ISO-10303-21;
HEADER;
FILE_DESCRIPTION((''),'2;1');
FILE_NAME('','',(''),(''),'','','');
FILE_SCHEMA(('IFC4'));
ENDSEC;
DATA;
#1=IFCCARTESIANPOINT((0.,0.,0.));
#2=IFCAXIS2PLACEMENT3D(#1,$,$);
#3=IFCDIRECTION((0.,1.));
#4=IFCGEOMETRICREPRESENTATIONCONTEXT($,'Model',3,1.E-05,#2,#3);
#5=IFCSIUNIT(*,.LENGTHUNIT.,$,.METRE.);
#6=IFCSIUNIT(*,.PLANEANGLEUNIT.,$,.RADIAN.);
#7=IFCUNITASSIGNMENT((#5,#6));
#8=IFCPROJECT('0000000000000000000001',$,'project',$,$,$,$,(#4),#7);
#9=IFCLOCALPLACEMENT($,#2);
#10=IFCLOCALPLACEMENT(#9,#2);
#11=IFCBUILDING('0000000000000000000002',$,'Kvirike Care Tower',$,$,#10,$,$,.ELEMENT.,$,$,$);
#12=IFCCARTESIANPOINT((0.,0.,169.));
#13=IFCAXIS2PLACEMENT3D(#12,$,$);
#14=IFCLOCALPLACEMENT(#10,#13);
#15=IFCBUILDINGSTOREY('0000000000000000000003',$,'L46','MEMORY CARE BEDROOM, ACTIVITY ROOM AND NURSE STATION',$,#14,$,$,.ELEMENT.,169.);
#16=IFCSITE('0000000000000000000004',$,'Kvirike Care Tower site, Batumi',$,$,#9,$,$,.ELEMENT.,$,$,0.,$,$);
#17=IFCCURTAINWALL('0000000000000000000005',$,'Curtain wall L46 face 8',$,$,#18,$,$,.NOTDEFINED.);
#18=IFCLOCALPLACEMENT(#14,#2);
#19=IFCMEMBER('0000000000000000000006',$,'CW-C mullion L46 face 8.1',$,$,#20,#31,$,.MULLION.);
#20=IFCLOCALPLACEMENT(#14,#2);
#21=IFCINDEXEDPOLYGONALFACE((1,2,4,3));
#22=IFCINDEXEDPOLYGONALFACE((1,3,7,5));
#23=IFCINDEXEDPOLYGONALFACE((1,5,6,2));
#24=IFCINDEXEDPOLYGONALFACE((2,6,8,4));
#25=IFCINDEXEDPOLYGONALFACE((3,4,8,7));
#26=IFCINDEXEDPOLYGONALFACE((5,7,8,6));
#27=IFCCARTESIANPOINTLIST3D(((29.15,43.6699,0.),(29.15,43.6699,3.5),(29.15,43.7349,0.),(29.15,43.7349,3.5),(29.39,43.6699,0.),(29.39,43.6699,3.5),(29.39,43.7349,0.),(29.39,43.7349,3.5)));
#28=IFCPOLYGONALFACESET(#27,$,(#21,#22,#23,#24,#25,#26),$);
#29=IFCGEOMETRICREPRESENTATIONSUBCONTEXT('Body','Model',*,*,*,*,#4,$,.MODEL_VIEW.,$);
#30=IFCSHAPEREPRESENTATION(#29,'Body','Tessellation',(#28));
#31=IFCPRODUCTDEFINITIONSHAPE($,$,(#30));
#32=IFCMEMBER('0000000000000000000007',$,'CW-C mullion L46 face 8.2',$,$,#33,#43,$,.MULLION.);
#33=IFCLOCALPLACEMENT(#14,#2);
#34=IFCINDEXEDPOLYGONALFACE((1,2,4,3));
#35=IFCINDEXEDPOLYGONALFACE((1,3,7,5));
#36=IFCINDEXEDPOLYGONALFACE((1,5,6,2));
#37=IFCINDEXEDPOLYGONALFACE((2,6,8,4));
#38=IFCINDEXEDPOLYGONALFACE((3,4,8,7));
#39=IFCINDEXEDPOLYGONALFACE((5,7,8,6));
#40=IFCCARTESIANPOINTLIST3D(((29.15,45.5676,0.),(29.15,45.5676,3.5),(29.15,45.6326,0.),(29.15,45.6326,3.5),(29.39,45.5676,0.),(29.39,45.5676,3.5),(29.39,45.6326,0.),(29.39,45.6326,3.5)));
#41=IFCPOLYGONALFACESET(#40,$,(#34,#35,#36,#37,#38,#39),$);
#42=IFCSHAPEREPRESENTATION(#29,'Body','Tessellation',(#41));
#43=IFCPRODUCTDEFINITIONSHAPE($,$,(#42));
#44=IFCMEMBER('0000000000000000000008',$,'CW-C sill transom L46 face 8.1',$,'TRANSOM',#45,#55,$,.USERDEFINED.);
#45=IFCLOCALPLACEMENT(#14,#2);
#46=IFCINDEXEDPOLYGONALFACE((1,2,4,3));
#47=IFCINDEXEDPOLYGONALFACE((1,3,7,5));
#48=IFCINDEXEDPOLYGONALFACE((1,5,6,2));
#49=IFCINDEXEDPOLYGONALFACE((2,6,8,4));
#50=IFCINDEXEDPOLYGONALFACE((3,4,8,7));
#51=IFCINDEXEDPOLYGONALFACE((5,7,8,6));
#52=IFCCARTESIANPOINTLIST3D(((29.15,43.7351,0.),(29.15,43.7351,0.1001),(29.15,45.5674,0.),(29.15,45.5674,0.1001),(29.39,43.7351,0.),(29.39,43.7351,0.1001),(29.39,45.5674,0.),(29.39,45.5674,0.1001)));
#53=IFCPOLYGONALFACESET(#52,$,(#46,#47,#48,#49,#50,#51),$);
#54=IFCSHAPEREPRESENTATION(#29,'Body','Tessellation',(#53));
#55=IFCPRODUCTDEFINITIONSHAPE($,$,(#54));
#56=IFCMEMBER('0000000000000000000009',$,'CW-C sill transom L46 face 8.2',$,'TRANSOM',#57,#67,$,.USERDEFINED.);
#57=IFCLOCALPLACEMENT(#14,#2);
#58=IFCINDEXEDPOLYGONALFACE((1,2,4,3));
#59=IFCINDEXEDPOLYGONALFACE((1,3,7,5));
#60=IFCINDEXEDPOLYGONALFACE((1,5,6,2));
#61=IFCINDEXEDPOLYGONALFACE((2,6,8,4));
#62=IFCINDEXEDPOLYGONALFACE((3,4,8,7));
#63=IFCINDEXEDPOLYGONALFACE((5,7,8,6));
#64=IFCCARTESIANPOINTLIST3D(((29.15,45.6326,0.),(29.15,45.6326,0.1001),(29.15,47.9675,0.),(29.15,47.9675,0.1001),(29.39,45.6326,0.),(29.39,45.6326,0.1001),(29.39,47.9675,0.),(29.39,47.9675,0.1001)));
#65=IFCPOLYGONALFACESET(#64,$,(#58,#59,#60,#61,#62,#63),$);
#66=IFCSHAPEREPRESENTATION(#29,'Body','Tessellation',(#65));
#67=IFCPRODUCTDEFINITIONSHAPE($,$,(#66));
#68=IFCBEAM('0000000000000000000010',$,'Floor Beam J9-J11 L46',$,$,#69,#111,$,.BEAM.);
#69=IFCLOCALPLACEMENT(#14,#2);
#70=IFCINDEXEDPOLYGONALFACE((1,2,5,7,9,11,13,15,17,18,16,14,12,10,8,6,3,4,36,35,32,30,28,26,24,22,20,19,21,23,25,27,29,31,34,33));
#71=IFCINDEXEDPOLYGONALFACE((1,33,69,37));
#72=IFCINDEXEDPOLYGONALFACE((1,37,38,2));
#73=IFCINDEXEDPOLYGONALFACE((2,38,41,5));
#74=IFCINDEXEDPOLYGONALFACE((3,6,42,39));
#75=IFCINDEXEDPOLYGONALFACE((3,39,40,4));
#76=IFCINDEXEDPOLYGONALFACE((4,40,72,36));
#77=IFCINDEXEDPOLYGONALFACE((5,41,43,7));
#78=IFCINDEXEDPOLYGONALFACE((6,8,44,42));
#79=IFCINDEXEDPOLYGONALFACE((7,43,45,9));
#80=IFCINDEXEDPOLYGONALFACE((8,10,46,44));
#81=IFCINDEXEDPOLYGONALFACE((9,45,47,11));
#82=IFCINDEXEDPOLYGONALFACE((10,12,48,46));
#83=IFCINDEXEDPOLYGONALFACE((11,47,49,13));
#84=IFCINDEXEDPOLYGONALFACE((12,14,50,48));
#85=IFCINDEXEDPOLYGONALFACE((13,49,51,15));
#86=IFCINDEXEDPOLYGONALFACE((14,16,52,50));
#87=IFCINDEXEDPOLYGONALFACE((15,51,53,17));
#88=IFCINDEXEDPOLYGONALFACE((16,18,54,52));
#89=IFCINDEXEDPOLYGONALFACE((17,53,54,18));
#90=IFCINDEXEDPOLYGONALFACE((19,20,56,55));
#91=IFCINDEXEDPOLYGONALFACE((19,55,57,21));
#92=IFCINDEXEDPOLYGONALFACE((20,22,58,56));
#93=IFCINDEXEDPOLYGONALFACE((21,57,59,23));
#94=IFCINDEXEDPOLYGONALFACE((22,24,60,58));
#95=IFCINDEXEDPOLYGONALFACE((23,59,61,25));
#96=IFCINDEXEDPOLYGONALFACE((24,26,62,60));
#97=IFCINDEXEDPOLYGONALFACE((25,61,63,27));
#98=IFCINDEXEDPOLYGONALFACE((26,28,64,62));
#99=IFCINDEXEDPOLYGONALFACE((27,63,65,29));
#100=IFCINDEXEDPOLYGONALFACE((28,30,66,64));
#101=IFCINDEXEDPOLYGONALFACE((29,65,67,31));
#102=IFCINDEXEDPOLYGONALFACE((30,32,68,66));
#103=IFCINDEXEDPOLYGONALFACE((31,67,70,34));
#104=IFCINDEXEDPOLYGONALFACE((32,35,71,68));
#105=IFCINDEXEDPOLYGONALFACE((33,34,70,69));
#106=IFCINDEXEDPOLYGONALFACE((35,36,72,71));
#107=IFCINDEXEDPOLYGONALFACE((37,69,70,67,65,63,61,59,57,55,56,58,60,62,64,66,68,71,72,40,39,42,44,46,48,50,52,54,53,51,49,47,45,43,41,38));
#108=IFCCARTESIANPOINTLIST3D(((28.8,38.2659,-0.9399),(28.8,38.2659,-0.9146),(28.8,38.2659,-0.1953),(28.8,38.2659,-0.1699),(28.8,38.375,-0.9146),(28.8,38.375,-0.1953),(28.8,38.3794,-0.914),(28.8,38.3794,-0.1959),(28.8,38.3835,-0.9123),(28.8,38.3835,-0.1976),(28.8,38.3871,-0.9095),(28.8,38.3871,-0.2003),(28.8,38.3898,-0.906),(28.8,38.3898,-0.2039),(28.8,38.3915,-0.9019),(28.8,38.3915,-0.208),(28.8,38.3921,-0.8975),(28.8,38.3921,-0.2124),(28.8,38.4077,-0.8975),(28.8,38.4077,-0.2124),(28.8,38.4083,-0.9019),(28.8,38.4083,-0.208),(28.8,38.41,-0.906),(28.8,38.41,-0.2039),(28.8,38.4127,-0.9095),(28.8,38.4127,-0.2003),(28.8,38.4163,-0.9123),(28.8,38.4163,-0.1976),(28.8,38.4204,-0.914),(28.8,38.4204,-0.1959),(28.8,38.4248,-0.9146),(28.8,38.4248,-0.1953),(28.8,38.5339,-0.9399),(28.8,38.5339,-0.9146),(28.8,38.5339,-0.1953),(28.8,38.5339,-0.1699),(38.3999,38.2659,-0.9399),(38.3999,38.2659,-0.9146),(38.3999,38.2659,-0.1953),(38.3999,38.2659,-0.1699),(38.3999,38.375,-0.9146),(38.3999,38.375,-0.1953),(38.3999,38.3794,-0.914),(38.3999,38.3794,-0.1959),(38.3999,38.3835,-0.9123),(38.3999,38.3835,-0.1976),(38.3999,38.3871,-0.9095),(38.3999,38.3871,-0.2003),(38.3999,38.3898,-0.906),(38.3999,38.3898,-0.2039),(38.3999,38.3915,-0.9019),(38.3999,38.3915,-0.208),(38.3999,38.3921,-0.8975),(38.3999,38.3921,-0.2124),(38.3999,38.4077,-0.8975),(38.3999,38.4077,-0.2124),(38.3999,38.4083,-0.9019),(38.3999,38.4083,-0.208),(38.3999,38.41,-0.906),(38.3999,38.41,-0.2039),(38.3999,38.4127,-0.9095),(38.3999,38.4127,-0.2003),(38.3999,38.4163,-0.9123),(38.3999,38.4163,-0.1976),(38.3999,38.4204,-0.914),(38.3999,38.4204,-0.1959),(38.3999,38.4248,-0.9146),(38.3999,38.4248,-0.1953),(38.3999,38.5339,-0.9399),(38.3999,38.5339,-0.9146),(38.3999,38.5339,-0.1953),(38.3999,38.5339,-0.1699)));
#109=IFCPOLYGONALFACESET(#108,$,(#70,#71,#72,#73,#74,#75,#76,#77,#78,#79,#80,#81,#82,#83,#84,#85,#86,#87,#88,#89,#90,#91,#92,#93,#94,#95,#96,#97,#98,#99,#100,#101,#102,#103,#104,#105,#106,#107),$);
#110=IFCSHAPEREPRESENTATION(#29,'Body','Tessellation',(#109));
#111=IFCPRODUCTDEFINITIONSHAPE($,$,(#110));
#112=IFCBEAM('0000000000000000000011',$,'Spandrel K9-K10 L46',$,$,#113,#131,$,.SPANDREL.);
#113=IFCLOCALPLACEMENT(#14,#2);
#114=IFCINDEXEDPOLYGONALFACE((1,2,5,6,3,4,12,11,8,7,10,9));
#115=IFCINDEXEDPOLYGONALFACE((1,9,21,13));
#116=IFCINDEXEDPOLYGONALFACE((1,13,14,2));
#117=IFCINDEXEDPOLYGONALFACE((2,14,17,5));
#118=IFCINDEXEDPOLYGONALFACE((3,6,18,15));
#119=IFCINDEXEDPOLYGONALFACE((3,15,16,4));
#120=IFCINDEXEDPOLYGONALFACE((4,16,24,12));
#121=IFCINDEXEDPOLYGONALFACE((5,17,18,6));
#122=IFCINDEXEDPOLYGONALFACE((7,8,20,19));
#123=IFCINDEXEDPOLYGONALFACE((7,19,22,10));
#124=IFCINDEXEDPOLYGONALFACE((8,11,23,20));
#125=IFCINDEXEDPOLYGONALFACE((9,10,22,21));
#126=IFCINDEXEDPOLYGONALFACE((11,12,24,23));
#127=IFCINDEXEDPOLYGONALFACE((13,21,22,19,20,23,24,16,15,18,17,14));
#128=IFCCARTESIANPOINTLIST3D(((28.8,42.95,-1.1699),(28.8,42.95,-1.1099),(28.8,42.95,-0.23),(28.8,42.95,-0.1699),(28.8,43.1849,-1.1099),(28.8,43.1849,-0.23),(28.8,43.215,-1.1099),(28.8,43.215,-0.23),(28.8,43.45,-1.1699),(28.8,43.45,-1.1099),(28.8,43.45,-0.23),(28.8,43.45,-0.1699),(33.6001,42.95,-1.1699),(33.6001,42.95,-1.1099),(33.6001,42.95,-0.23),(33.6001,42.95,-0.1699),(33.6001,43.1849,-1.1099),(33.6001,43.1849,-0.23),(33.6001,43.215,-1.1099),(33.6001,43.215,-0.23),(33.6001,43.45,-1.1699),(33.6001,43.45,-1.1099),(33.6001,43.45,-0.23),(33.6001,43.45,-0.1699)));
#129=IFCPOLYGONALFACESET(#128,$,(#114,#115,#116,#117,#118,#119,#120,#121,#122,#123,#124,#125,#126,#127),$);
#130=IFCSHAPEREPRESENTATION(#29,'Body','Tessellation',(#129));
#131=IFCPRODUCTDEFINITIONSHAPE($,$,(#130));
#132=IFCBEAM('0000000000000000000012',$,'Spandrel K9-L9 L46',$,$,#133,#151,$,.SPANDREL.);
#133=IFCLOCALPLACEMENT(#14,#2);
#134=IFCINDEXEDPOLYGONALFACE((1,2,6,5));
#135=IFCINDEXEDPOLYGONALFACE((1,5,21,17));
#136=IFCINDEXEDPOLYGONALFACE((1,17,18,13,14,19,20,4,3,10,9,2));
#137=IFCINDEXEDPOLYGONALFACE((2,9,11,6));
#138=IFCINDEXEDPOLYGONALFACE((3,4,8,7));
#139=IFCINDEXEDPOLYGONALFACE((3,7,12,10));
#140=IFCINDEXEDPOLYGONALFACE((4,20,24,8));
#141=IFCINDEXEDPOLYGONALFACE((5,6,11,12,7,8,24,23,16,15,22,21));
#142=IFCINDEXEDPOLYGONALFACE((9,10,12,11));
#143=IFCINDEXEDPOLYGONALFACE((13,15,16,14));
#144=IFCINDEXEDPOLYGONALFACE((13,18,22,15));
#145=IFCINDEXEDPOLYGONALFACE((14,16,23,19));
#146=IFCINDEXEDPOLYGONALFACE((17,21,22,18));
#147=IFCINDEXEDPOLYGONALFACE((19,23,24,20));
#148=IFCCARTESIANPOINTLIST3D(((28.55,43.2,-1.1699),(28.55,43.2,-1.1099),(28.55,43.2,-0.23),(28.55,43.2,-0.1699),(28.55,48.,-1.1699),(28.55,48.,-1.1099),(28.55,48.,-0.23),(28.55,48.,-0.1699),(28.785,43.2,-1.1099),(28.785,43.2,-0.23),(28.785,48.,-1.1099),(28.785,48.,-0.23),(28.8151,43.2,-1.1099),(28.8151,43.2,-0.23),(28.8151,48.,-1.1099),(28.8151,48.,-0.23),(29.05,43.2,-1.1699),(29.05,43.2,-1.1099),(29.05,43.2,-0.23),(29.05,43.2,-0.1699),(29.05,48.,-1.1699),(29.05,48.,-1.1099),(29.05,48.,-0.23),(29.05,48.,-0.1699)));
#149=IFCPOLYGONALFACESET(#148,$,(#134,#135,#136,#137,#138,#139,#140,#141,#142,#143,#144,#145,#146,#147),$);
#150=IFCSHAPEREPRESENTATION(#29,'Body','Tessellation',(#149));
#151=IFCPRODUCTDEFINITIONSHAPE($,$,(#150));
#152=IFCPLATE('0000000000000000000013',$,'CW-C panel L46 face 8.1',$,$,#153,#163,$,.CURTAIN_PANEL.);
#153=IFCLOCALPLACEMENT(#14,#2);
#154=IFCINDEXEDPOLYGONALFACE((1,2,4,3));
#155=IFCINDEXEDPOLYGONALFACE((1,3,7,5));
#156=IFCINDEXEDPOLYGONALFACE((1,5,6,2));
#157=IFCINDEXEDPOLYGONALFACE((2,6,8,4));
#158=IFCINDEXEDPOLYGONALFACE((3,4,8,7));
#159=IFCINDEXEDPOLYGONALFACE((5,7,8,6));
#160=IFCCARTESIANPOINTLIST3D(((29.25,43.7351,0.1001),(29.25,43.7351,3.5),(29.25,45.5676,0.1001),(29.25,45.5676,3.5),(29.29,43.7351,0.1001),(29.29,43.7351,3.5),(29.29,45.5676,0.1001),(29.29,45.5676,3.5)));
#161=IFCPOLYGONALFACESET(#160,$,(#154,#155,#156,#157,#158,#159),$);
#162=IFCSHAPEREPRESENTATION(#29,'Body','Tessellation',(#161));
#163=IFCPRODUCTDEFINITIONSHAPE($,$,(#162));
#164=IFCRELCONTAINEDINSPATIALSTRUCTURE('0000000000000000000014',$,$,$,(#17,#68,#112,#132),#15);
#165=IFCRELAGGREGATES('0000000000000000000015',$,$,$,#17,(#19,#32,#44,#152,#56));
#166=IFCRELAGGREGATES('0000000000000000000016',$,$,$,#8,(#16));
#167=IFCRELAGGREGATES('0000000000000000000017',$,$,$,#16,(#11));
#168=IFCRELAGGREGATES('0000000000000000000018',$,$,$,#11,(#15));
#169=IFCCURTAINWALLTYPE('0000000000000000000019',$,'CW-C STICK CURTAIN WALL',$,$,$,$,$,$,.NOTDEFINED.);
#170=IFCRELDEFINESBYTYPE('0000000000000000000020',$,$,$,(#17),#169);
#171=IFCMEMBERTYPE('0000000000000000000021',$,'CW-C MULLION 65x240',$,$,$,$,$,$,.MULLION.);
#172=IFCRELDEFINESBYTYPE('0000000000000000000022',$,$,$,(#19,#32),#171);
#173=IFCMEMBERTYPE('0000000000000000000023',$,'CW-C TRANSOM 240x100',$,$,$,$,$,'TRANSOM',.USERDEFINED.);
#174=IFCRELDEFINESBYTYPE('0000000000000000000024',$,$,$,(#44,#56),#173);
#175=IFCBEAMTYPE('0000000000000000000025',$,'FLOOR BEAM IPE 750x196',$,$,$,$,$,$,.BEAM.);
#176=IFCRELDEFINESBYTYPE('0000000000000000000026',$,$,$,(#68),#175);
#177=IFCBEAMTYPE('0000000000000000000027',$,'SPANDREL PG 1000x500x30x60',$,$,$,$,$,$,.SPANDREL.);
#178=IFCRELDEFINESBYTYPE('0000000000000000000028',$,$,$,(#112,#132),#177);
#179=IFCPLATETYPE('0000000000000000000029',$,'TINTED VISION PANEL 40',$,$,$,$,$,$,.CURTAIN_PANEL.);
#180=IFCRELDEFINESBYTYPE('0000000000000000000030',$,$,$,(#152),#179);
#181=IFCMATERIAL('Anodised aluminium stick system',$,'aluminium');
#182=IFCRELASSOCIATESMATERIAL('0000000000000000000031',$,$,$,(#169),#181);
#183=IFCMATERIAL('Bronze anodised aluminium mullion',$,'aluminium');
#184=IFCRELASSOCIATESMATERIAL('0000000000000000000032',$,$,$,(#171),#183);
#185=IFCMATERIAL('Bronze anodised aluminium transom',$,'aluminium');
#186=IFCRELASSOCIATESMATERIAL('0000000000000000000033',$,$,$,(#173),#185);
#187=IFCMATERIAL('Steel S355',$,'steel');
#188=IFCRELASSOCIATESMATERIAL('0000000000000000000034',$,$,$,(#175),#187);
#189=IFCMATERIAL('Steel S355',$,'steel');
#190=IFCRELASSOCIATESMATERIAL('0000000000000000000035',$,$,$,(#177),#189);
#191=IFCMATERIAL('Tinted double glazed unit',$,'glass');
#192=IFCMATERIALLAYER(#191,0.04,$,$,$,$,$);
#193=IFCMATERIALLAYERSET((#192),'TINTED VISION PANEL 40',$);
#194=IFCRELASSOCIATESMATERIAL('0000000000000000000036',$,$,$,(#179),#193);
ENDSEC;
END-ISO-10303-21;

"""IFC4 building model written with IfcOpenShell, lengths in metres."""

from ifc_helpers import new_model, si_unit, direction, frame, origin, origin_2d, place, context, subcontext, project, spatial, rectangle, i_section, extrude, material, layer, layer_set, material_profile, profile_set, type_object, element, aggregate, save


model = new_model("IFC4")

# Units and contexts
model_context = context("Model", 3, precision=1e-05, world=origin(), true_north=direction((0.0, 1.0)))
body_context = subcontext(model_context, "Body", "Model", "MODEL_VIEW")
ifc_project = project(units=[si_unit("LENGTHUNIT", "METRE"), si_unit("PLANEANGLEUNIT", "RADIAN")], contexts=[model_context])

# Site, building, storey
site_placement = place(None, origin())
site = spatial("IfcSite", under=ifc_project, at=site_placement, Name="Kvirike Care Tower site, Batumi", CompositionType="ELEMENT", RefElevation=0.0)
building_placement = place(site_placement, origin())
building = spatial("IfcBuilding", under=site, at=building_placement, Name="Kvirike Care Tower", CompositionType="ELEMENT")
storey_placement = place(building_placement, frame((0.0, 0.0, 169.0)))
storey = spatial("IfcBuildingStorey", under=building, at=storey_placement, Name="L46", Description="MEMORY CARE BEDROOM, ACTIVITY ROOM AND NURSE STATION", CompositionType="ELEMENT", Elevation=169.0)

# Curtain wall, members
ifc_material_1 = material(Name="Anodised aluminium stick system", Category="aluminium")
curtain_wall_type = type_object("IfcCurtainWallType", Name="CW-C STICK CURTAIN WALL", PredefinedType="NOTDEFINED", material=ifc_material_1)
curtain_wall_placement = place(storey_placement, origin())
curtain_wall = element("IfcCurtainWall", 1, at=curtain_wall_placement, inside=storey, type_object=curtain_wall_type, Name="Curtain wall L46 face 8", PredefinedType="NOTDEFINED")
ifc_material_2 = material(Name="Bronze anodised aluminium mullion", Category="aluminium")
ifc_material_profile_1 = material_profile(ifc_material_2, rectangle(XDim=0.0649, YDim=0.24, at=origin_2d()), Name="CW-C MULLION 65x240")
ifc_profile_set_1 = profile_set([ifc_material_profile_1], Name="Bronze anodised aluminium mullion")
member_type_1 = type_object("IfcMemberType", Name="CW-C MULLION 65x240", PredefinedType="MULLION", material=ifc_profile_set_1)
member_1_placement = place(storey_placement, frame((29.27, 43.7024, 0.0), z_axis=(0.0, 0.0, 1.0), x_axis=(0.0, 1.0, 0.0)))
member_1 = element("IfcMember", 2, at=member_1_placement, type_object=member_type_1, Name="CW-C mullion L46 face 8.1", PredefinedType="MULLION", context=body_context, shape_type="SweptSolid", body=[
    extrude(rectangle(XDim=0.0649, YDim=0.24, at=origin_2d()), origin(), (0.0, 0.0, 1.0), 3.5),
])
member_2_placement = place(storey_placement, frame((29.27, 45.6001, 0.0), z_axis=(0.0, 0.0, 1.0), x_axis=(0.0, 1.0, 0.0)))
member_2 = element("IfcMember", 3, at=member_2_placement, type_object=member_type_1, Name="CW-C mullion L46 face 8.2", PredefinedType="MULLION", context=body_context, shape_type="SweptSolid", body=[
    extrude(rectangle(XDim=0.0649, YDim=0.24, at=origin_2d()), origin(), (0.0, 0.0, 1.0), 3.5),
])
ifc_material_3 = material(Name="Bronze anodised aluminium transom", Category="aluminium")
ifc_material_profile_2 = material_profile(ifc_material_3, rectangle(XDim=0.24, YDim=0.1001, at=origin_2d()), Name="CW-C TRANSOM 240x100")
ifc_profile_set_2 = profile_set([ifc_material_profile_2], Name="Bronze anodised aluminium transom")
member_type_2 = type_object("IfcMemberType", Name="CW-C TRANSOM 240x100", ElementType="TRANSOM", PredefinedType="USERDEFINED", material=ifc_profile_set_2)
member_3_placement = place(storey_placement, frame((29.27, 43.7351, 0.05), z_axis=(0.0, 1.0, 0.0), x_axis=(-1.0, 0.0, 0.0)))
member_3 = element("IfcMember", 4, at=member_3_placement, type_object=member_type_2, Name="CW-C sill transom L46 face 8.1", ObjectType="TRANSOM", PredefinedType="USERDEFINED", context=body_context, shape_type="SweptSolid", body=[
    extrude(rectangle(XDim=0.24, YDim=0.1001, at=origin_2d()), origin(), (0.0, 0.0, 1.0), 1.8323),
])
member_4_placement = place(storey_placement, frame((29.27, 45.6326, 0.05), z_axis=(0.0, 1.0, 0.0), x_axis=(-1.0, 0.0, 0.0)))
member_4 = element("IfcMember", 5, at=member_4_placement, type_object=member_type_2, Name="CW-C sill transom L46 face 8.2", ObjectType="TRANSOM", PredefinedType="USERDEFINED", context=body_context, shape_type="SweptSolid", body=[
    extrude(rectangle(XDim=0.24, YDim=0.1001, at=origin_2d()), origin(), (0.0, 0.0, 1.0), 2.335),
])

# Beams
ifc_material_4 = material(Name="Steel S355", Category="steel")
ifc_material_profile_3 = material_profile(ifc_material_4, i_section(OverallWidth=0.2681, OverallDepth=0.77, WebThickness=0.0156, FlangeThickness=0.0254, FilletRadius=0.0171, at=origin_2d()), Name="IPE 750x196")
ifc_profile_set_3 = profile_set([ifc_material_profile_3], Name="Steel S355")
beam_type_1 = type_object("IfcBeamType", Name="FLOOR BEAM IPE 750x196", PredefinedType="BEAM", material=ifc_profile_set_3)
beam_placement = place(storey_placement, frame((28.8, 38.3999, -0.5549), z_axis=(1.0, 0.0, 0.0), x_axis=(0.0, 1.0, 0.0)))
element("IfcBeam", 6, at=beam_placement, inside=storey, type_object=beam_type_1, Name="Floor Beam J9-J11 L46", PredefinedType="BEAM", context=body_context, shape_type="SweptSolid", body=[
    extrude(i_section(OverallWidth=0.2681, OverallDepth=0.77, WebThickness=0.0156, FlangeThickness=0.0254, FilletRadius=0.0171, at=origin_2d()), origin(), (0.0, 0.0, 1.0), 9.5999),
])
ifc_material_5 = material(Name="Steel S355", Category="steel")
ifc_material_profile_4 = material_profile(ifc_material_5, i_section(OverallWidth=0.5, OverallDepth=1.0, WebThickness=0.03, FlangeThickness=0.0601, at=origin_2d()), Name="PG 1000x500x30x60")
ifc_profile_set_4 = profile_set([ifc_material_profile_4], Name="Steel S355")
beam_type_2 = type_object("IfcBeamType", Name="SPANDREL PG 1000x500x30x60", PredefinedType="SPANDREL", material=ifc_profile_set_4)
for number, where, z_axis, x_axis, name in (
    (7, (28.8, 43.2, -0.6699), (1.0, 0.0, 0.0), (0.0, 1.0, 0.0), "Spandrel K9-K10 L46"),
    (8, (28.8, 43.2, -0.6699), (0.0, 1.0, 0.0), (-1.0, 0.0, 0.0), "Spandrel K9-L9 L46"),
):
    element("IfcBeam", number, at=place(storey_placement, frame(where, z_axis=z_axis, x_axis=x_axis)), inside=storey, type_object=beam_type_2, Name=name, PredefinedType="SPANDREL", context=body_context, shape_type="SweptSolid", body=[
        extrude(i_section(OverallWidth=0.5, OverallDepth=1.0, WebThickness=0.03, FlangeThickness=0.0601, at=origin_2d()), origin(), (0.0, 0.0, 1.0), 4.8),
    ])

# Plate
ifc_material_6 = material(Name="Tinted double glazed unit", Category="glass")
ifc_layer_1 = layer(ifc_material_6, 0.04)
ifc_layer_set_1 = layer_set([ifc_layer_1], Name="TINTED VISION PANEL 40")
plate_type = type_object("IfcPlateType", Name="TINTED VISION PANEL 40", PredefinedType="CURTAIN_PANEL", material=ifc_layer_set_1)
plate_placement = place(storey_placement, frame((29.27, 44.6514, 0.1001), z_axis=(0.0, 0.0, 1.0), x_axis=(0.0, 1.0, 0.0)))
plate = element("IfcPlate", 9, at=plate_placement, type_object=plate_type, Name="CW-C panel L46 face 8.1", PredefinedType="CURTAIN_PANEL", context=body_context, shape_type="SweptSolid", body=[
    extrude(rectangle(XDim=1.8325, YDim=0.04, at=origin_2d()), origin(), (0.0, 0.0, 1.0), 3.3999),
])
aggregate(curtain_wall, [member_1, member_2, member_3, plate, member_4])

save(model, "model.ifc")
